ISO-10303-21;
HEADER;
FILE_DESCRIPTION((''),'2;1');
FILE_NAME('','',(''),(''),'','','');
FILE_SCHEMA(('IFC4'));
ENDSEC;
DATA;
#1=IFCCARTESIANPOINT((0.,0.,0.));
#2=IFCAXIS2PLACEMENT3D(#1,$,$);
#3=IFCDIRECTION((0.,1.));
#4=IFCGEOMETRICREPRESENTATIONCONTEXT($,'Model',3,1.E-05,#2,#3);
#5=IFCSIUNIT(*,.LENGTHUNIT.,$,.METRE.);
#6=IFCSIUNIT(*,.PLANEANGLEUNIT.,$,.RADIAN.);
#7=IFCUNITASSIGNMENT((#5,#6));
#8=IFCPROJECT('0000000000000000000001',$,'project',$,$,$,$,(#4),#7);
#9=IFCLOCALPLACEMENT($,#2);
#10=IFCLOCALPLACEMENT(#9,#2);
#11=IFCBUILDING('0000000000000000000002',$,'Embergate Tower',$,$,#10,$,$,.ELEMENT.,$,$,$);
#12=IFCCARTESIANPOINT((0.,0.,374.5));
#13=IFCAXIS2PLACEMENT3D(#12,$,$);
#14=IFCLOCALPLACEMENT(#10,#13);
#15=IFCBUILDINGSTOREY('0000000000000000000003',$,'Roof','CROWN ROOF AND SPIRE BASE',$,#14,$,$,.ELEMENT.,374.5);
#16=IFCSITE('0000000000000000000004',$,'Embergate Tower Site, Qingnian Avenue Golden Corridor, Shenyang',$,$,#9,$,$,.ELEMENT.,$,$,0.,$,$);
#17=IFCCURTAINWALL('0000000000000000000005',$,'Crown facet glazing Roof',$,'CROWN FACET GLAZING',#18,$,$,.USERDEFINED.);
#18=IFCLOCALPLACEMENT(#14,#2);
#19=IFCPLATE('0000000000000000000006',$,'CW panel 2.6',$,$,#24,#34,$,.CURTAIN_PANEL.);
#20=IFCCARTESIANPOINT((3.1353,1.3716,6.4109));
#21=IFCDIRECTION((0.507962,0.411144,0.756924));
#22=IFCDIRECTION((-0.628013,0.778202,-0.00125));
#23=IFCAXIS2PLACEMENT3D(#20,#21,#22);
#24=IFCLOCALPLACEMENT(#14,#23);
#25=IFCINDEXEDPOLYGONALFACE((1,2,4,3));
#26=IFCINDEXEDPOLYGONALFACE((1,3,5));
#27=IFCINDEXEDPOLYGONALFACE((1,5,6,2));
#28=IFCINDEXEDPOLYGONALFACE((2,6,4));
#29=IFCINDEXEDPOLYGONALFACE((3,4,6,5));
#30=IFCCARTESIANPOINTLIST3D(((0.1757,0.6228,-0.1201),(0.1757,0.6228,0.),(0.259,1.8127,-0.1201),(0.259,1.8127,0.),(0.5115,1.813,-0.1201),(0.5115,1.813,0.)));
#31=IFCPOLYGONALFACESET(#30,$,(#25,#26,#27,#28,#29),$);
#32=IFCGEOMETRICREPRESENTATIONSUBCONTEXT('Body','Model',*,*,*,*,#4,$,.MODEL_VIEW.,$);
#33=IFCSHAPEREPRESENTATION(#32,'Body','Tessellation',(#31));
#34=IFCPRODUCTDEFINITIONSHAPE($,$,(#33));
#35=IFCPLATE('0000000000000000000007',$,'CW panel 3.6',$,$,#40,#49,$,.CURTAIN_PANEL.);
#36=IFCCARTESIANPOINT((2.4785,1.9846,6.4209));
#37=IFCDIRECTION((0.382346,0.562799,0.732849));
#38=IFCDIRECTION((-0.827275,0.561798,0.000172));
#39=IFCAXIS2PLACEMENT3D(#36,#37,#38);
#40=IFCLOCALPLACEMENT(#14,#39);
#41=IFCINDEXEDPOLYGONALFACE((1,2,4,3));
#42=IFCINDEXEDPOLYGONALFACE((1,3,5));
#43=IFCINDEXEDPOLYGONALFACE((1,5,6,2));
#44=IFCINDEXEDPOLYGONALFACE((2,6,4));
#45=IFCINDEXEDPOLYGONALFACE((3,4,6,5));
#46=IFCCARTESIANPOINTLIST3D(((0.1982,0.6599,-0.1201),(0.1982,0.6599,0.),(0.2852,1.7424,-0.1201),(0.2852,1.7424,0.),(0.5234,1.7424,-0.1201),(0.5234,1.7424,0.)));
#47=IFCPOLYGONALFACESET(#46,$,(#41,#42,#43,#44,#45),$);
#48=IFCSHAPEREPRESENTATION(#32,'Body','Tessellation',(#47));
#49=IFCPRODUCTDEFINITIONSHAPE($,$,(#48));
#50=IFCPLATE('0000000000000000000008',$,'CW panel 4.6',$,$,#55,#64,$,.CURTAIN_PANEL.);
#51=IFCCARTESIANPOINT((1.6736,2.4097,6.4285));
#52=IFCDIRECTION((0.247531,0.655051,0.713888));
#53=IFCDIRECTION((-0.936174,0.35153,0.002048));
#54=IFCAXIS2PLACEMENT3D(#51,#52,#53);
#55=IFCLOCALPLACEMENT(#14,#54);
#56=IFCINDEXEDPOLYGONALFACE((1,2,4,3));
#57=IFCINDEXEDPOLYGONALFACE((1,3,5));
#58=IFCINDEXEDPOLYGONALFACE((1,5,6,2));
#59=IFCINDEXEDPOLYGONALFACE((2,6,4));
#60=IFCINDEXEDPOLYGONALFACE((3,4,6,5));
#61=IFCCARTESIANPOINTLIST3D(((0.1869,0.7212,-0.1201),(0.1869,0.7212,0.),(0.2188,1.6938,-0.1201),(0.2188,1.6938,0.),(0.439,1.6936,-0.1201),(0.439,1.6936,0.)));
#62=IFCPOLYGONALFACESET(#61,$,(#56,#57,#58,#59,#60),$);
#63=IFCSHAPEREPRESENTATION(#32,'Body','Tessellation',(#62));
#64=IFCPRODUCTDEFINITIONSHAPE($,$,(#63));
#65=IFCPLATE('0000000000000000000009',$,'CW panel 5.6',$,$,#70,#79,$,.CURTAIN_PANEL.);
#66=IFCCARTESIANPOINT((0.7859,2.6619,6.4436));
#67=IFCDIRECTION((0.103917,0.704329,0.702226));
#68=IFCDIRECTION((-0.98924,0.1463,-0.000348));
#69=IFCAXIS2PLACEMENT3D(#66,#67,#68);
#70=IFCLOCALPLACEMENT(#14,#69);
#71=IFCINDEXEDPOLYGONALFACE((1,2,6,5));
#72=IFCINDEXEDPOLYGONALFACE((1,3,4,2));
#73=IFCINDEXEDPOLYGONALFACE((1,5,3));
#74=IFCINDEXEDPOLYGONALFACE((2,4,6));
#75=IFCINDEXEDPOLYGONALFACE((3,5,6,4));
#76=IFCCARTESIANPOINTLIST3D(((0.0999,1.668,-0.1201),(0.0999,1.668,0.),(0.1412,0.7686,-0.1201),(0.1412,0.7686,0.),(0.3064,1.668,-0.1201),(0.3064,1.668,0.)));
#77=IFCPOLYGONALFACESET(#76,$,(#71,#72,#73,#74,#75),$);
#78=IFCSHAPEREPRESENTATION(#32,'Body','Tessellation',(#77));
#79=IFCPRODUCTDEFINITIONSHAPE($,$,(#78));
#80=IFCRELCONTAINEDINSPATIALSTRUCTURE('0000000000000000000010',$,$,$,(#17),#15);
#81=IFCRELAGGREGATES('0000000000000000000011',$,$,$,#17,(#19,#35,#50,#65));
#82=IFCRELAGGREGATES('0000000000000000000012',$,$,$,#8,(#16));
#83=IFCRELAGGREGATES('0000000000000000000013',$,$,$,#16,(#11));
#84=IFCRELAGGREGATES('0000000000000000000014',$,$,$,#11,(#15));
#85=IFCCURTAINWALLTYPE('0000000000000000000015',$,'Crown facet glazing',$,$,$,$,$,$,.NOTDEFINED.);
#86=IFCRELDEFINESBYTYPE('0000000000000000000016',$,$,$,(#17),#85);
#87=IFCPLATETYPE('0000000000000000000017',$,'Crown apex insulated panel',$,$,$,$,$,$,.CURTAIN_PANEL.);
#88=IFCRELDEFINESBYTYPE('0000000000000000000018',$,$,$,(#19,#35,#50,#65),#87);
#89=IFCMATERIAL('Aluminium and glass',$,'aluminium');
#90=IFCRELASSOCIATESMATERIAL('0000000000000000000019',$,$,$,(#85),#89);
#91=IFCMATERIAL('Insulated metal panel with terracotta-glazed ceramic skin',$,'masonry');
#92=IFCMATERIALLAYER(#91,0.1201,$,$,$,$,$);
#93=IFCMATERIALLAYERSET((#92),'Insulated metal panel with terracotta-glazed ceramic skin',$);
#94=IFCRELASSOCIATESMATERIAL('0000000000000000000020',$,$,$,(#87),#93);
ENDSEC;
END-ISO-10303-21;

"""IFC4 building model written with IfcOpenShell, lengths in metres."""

from ifc_helpers import new_model, si_unit, direction, frame, origin, place, context, subcontext, project, spatial, polyline, outline, extrude, source, transform, mapped, material, layer, layer_set, type_object, element, aggregate, save


model = new_model("IFC4")

# Units and contexts
model_context = context("Model", 3, precision=1e-05, world=origin(), true_north=direction((0.0, 1.0)))
body_context = subcontext(model_context, "Body", "Model", "MODEL_VIEW")
ifc_project = project(units=[si_unit("LENGTHUNIT", "METRE"), si_unit("PLANEANGLEUNIT", "RADIAN")], contexts=[model_context])

# Site, building, storey
site_placement = place(None, origin())
site = spatial("IfcSite", under=ifc_project, at=site_placement, Name="Embergate Tower Site, Qingnian Avenue Golden Corridor, Shenyang", CompositionType="ELEMENT", RefElevation=0.0)
building_placement = place(site_placement, origin())
building = spatial("IfcBuilding", under=site, at=building_placement, Name="Embergate Tower", CompositionType="ELEMENT")
storey_placement = place(building_placement, frame((0.0, 0.0, 374.5)))
storey = spatial("IfcBuildingStorey", under=building, at=storey_placement, Name="Roof", Description="CROWN ROOF AND SPIRE BASE", CompositionType="ELEMENT", Elevation=374.5)

# Curtain wall, plates
ifc_material_1 = material(Name="Aluminium and glass", Category="aluminium")
curtain_wall_type = type_object("IfcCurtainWallType", Name="Crown facet glazing", PredefinedType="NOTDEFINED", material=ifc_material_1)
curtain_wall_placement = place(storey_placement, origin())
curtain_wall = element("IfcCurtainWall", 1, at=curtain_wall_placement, inside=storey, type_object=curtain_wall_type, Name="Crown facet glazing Roof", ObjectType="CROWN FACET GLAZING", PredefinedType="USERDEFINED")
ifc_material_2 = material(Name="Insulated metal panel with terracotta-glazed ceramic skin", Category="masonry")
ifc_layer = layer(ifc_material_2, 0.1201)
ifc_layer_set = layer_set([ifc_layer], Name="Insulated metal panel with terracotta-glazed ceramic skin")
plate_type = type_object("IfcPlateType", Name="Crown apex insulated panel", PredefinedType="CURTAIN_PANEL", material=ifc_layer_set)
shared_shape_1 = source(origin(), body_context, "Body", "SweptSolid", [
    extrude(outline(polyline([(0.0, 0.0), (0.1321, 0.0), (0.259, 1.8127), (0.5115, 1.813), (0.0, 0.0)])), origin(), (0.0, 0.0, -1.0), 0.1201),
])
plate_1_placement = place(storey_placement, frame((3.1353, 1.3716, 6.4109), z_axis=(0.507962, 0.411144, 0.756924), x_axis=(-0.628013, 0.778202, -0.00125)))
plate_1 = element("IfcPlate", 2, at=plate_1_placement, type_object=plate_type, Name="CW panel 2.6", PredefinedType="CURTAIN_PANEL", context=body_context, shape_type="MappedRepresentation", body=[
    mapped(shared_shape_1, transform((0.0, 0.0, 0.0))),
])
shared_shape_2 = source(origin(), body_context, "Body", "SweptSolid", [
    extrude(outline(polyline([(0.0, 0.0), (0.1453, 0.0), (0.2852, 1.7424), (0.5234, 1.7424), (0.0, 0.0)])), origin(), (0.0, 0.0, -1.0), 0.1201),
])
plate_2_placement = place(storey_placement, frame((2.4785, 1.9846, 6.4209), z_axis=(0.382346, 0.562799, 0.732849), x_axis=(-0.827275, 0.561798, 0.000172)))
plate_2 = element("IfcPlate", 3, at=plate_2_placement, type_object=plate_type, Name="CW panel 3.6", PredefinedType="CURTAIN_PANEL", context=body_context, shape_type="MappedRepresentation", body=[
    mapped(shared_shape_2, transform((0.0, 0.0, 0.0))),
])
shared_shape_3 = source(origin(), body_context, "Body", "SweptSolid", [
    extrude(outline(polyline([(0.0, 0.0), (0.1633, 0.0), (0.2188, 1.6938), (0.439, 1.6936), (0.0, 0.0)])), origin(), (0.0, 0.0, -1.0), 0.1201),
])
plate_3_placement = place(storey_placement, frame((1.6736, 2.4097, 6.4285), z_axis=(0.247531, 0.655051, 0.713888), x_axis=(-0.936174, 0.35153, 0.002048)))
plate_3 = element("IfcPlate", 4, at=plate_3_placement, type_object=plate_type, Name="CW panel 4.6", PredefinedType="CURTAIN_PANEL", context=body_context, shape_type="MappedRepresentation", body=[
    mapped(shared_shape_3, transform((0.0, 0.0, 0.0))),
])
shared_shape_4 = source(origin(), body_context, "Body", "SweptSolid", [
    extrude(outline(polyline([(0.0, 0.0), (0.1765, 0.0), (0.0999, 1.668), (0.3064, 1.668), (0.0, 0.0)])), origin(), (0.0, 0.0, -1.0), 0.1201),
])
plate_4_placement = place(storey_placement, frame((0.7859, 2.6619, 6.4436), z_axis=(0.103917, 0.704329, 0.702226), x_axis=(-0.98924, 0.1463, -0.000348)))
plate_4 = element("IfcPlate", 5, at=plate_4_placement, type_object=plate_type, Name="CW panel 5.6", PredefinedType="CURTAIN_PANEL", context=body_context, shape_type="MappedRepresentation", body=[
    mapped(shared_shape_4, transform((0.0, 0.0, 0.0))),
])
aggregate(curtain_wall, [plate_1, plate_2, plate_3, plate_4])

save(model, "model.ifc")
